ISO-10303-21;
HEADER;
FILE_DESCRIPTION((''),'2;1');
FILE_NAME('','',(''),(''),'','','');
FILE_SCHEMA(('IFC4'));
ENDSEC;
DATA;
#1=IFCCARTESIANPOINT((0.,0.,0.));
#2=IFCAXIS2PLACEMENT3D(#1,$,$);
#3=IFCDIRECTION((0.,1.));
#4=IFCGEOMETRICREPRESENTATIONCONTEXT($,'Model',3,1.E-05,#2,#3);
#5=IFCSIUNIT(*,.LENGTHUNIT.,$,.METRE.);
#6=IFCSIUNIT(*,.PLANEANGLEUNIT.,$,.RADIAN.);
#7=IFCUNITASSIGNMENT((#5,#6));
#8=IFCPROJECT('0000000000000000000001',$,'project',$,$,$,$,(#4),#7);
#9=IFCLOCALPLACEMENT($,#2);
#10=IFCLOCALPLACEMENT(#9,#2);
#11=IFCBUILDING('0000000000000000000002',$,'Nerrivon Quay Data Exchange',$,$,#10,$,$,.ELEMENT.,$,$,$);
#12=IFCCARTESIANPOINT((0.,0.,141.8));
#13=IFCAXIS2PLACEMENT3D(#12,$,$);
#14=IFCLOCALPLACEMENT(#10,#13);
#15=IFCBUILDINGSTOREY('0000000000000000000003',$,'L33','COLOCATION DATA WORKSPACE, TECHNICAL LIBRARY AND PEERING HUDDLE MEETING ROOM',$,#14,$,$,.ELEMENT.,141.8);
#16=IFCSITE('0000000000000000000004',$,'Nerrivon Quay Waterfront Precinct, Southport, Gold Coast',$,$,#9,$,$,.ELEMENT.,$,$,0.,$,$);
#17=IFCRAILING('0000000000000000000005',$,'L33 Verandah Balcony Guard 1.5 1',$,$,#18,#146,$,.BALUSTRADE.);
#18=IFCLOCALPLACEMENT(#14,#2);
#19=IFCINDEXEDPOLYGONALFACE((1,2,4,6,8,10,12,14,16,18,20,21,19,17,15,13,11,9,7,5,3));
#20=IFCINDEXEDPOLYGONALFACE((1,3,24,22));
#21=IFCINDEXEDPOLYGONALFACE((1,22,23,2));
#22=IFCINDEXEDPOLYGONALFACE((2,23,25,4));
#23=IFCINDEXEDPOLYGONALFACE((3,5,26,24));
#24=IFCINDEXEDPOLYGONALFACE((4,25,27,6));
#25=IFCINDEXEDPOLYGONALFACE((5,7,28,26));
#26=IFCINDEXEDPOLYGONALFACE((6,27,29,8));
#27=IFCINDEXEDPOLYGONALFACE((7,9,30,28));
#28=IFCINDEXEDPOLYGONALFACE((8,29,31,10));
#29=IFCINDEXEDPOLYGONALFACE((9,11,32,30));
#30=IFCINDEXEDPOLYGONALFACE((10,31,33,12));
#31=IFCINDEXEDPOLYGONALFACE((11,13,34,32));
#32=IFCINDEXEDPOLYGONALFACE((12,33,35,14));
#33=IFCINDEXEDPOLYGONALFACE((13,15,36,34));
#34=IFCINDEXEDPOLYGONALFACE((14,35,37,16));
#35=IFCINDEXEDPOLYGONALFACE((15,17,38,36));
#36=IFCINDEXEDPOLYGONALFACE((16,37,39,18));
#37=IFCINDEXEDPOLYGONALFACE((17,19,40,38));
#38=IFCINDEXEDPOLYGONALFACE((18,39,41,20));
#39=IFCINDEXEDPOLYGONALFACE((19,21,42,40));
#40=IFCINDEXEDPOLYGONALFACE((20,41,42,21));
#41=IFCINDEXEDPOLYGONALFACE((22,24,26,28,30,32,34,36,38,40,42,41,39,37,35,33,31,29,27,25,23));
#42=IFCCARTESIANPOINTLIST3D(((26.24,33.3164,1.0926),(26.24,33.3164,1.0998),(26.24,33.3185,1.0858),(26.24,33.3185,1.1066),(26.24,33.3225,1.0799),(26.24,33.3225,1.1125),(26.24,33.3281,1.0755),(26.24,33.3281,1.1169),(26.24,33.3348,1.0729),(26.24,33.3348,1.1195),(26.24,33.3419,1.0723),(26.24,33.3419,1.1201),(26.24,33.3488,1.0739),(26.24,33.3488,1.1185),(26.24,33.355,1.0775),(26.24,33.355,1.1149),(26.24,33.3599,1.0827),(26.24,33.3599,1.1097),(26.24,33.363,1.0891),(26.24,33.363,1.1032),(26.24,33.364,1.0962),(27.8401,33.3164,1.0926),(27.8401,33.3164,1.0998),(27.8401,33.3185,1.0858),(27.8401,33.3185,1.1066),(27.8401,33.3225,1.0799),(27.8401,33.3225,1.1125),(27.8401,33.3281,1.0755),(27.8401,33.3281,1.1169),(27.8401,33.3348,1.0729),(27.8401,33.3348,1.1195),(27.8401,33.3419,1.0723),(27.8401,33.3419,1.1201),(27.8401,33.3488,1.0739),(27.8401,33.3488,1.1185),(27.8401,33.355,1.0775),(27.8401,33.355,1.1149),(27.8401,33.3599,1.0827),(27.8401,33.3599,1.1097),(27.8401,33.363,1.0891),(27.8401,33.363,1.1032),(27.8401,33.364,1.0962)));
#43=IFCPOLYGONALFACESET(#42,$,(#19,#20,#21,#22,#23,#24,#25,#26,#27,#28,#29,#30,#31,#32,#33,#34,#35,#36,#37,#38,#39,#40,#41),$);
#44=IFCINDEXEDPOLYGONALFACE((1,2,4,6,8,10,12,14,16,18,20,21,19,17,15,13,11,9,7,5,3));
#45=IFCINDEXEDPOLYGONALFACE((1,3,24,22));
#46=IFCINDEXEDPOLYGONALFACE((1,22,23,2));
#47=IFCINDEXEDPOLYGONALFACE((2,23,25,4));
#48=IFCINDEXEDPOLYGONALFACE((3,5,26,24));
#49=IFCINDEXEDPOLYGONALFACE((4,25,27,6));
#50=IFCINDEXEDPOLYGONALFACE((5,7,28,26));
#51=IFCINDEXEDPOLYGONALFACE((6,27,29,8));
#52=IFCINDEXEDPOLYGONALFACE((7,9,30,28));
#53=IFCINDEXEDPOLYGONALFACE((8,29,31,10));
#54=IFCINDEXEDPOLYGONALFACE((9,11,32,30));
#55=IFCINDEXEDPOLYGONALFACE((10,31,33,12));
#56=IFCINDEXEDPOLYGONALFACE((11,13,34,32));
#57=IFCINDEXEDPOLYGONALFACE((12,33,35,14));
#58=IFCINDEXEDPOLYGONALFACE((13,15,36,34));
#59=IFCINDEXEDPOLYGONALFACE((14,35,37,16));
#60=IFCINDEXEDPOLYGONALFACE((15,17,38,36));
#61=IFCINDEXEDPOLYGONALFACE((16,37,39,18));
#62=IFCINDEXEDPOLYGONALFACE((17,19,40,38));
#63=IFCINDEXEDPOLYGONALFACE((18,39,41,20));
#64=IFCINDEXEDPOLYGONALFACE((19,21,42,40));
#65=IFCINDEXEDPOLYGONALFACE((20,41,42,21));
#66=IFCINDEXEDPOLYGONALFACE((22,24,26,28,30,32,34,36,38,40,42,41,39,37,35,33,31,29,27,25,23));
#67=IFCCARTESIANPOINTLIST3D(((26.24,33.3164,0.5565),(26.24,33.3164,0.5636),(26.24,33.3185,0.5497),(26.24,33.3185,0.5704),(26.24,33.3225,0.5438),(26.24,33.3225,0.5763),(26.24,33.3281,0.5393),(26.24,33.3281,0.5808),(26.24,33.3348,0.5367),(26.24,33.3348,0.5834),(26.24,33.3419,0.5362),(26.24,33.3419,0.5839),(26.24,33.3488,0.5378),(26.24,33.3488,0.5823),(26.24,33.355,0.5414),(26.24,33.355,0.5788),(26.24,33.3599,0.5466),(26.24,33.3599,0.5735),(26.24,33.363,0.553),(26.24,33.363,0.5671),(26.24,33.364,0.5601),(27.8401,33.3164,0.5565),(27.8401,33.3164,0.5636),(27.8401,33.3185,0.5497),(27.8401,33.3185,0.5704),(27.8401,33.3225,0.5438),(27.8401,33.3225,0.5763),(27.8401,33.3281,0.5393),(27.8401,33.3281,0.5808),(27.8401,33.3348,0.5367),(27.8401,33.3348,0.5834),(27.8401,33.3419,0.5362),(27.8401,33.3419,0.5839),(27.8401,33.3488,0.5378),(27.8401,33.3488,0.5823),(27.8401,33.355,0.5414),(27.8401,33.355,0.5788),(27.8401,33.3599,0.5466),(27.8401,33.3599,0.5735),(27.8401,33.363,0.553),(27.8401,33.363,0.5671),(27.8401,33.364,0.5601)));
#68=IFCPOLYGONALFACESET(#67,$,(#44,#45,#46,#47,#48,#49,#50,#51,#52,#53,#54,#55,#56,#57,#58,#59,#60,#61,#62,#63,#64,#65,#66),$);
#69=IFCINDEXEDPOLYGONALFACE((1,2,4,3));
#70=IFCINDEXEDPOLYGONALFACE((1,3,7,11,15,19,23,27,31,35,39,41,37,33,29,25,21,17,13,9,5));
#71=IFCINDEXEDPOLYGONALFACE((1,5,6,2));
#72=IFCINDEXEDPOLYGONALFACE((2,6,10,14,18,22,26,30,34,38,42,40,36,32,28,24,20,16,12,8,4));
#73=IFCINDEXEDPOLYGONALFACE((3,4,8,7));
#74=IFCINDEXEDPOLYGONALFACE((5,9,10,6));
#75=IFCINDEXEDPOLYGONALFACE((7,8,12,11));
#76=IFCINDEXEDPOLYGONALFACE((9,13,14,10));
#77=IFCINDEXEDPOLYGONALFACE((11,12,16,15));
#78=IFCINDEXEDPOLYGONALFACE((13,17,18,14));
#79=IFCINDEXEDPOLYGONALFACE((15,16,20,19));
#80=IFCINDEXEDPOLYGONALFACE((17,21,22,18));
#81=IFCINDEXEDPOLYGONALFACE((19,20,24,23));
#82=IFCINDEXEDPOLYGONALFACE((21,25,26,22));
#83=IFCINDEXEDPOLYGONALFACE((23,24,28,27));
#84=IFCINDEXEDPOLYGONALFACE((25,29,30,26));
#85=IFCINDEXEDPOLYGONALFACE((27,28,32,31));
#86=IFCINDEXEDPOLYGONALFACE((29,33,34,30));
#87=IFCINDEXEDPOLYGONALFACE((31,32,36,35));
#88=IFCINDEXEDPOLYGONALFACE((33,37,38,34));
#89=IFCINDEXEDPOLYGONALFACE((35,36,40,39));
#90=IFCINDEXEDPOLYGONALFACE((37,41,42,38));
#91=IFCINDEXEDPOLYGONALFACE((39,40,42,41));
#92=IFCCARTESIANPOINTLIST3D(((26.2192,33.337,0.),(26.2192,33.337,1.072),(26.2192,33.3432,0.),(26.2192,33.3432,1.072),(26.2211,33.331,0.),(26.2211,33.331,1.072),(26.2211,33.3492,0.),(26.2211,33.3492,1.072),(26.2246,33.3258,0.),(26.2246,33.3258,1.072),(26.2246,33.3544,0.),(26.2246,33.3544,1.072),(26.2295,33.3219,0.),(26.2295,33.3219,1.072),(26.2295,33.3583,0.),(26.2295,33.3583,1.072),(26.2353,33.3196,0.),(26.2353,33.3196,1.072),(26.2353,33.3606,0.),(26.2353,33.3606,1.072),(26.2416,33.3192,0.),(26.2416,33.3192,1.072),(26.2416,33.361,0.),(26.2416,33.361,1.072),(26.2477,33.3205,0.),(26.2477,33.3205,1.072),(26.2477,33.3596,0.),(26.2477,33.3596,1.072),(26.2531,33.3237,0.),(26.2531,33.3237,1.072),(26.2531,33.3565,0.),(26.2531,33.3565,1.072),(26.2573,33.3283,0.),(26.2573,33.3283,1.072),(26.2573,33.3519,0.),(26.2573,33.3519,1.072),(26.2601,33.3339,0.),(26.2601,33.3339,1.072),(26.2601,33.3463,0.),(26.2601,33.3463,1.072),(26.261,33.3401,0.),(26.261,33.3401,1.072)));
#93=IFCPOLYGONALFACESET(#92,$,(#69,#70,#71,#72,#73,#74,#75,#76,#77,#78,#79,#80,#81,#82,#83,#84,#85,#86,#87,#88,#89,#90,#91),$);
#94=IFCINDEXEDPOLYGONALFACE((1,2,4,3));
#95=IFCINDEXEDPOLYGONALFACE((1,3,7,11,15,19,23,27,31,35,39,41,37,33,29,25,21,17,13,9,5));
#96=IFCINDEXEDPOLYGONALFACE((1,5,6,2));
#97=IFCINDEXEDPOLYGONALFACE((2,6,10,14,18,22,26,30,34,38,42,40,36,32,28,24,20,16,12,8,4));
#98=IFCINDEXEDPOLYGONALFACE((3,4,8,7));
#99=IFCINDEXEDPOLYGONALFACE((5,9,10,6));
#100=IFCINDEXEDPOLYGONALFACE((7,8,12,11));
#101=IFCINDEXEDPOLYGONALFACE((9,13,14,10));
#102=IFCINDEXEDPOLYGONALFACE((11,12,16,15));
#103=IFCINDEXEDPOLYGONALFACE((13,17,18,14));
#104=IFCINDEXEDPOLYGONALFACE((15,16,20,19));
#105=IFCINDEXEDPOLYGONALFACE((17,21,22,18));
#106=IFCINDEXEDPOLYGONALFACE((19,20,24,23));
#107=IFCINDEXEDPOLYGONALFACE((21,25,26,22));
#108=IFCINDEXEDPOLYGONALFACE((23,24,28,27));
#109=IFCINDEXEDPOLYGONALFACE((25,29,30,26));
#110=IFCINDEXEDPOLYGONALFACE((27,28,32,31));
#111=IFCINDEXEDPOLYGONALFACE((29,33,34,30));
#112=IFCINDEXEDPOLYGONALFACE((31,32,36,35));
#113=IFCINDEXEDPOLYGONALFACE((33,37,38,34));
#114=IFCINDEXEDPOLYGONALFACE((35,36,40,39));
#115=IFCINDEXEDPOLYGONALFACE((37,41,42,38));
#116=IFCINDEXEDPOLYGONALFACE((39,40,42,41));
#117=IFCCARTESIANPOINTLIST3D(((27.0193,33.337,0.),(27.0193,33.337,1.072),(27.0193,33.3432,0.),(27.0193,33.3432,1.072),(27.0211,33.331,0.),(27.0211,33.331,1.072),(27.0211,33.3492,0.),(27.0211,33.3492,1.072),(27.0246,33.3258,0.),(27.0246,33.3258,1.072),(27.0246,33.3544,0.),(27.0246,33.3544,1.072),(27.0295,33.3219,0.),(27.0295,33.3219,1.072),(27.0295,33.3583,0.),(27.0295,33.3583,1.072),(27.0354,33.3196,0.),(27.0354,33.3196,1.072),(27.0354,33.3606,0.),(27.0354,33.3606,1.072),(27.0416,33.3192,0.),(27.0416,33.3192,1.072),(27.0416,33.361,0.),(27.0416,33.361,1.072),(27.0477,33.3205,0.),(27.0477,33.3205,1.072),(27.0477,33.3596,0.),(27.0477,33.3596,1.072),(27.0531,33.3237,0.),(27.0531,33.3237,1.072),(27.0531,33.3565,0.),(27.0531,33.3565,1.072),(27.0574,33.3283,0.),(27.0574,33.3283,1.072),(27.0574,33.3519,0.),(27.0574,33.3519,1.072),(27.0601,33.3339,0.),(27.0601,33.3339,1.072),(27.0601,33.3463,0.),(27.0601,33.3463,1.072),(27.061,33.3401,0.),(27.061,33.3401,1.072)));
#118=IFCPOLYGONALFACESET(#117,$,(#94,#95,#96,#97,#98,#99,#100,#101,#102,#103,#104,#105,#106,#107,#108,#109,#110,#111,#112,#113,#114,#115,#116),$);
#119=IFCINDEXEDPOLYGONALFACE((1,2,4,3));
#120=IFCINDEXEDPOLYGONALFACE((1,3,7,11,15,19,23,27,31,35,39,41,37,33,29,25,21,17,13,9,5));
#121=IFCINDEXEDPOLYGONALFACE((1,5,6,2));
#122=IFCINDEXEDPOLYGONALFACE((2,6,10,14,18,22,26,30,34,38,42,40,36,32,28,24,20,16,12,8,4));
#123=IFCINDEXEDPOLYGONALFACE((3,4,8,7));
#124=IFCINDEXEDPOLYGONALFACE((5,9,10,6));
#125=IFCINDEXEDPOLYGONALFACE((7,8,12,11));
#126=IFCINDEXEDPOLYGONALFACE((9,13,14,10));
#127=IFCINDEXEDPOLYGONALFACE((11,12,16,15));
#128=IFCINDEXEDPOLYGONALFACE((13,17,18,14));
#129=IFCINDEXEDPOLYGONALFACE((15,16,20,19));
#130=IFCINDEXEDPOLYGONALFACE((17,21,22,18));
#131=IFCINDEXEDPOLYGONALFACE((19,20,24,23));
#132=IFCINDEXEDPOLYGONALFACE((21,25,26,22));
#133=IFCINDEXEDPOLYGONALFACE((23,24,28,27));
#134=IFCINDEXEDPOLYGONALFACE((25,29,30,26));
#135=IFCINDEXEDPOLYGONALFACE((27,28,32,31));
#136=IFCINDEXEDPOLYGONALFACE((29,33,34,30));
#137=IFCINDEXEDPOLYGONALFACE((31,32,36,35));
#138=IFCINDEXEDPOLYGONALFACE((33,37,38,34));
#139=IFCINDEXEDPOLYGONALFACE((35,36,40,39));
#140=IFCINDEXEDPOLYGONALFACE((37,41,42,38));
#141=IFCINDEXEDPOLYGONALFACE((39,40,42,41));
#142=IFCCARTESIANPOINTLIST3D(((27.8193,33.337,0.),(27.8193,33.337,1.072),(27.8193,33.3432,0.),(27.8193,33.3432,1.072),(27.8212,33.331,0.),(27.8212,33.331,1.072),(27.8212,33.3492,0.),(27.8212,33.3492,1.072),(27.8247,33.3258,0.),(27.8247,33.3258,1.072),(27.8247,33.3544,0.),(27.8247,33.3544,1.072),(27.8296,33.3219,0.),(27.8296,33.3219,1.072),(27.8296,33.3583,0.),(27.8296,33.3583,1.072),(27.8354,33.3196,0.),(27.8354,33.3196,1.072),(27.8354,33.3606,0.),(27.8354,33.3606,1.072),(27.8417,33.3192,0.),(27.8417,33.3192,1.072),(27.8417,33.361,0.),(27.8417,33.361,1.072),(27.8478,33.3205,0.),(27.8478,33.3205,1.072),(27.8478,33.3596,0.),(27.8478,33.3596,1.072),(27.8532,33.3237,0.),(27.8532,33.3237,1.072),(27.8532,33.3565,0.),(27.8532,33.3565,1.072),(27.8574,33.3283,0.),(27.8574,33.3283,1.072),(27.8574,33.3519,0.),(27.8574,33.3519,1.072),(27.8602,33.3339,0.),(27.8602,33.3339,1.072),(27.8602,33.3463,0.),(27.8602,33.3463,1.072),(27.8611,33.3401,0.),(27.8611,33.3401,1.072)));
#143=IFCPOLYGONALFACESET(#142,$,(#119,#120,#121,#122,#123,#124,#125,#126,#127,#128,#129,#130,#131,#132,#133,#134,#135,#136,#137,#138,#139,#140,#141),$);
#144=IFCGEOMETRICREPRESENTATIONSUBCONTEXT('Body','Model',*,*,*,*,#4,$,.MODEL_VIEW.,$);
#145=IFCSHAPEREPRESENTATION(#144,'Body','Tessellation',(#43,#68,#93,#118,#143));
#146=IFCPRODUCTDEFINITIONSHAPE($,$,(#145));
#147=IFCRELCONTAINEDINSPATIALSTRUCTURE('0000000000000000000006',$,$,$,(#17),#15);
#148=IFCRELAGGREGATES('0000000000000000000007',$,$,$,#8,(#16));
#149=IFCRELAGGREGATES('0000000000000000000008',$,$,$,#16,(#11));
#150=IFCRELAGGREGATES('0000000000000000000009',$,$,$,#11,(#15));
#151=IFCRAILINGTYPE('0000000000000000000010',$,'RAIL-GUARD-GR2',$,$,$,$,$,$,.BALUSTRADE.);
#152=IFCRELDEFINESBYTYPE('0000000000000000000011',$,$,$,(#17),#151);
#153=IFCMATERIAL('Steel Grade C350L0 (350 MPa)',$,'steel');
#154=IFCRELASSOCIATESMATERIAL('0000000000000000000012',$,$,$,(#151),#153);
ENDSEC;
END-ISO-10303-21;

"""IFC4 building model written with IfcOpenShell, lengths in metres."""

from ifc_helpers import new_model, si_unit, direction, frame, origin, origin_2d, place, context, subcontext, project, spatial, circle, extrude, material, type_object, element, save


model = new_model("IFC4")

# Units and contexts
model_context = context("Model", 3, precision=1e-05, world=origin(), true_north=direction((0.0, 1.0)))
body_context = subcontext(model_context, "Body", "Model", "MODEL_VIEW")
ifc_project = project(units=[si_unit("LENGTHUNIT", "METRE"), si_unit("PLANEANGLEUNIT", "RADIAN")], contexts=[model_context])

# Site, building, storey
site_placement = place(None, origin())
site = spatial("IfcSite", under=ifc_project, at=site_placement, Name="Nerrivon Quay Waterfront Precinct, Southport, Gold Coast", CompositionType="ELEMENT", RefElevation=0.0)
building_placement = place(site_placement, origin())
building = spatial("IfcBuilding", under=site, at=building_placement, Name="Nerrivon Quay Data Exchange", CompositionType="ELEMENT")
storey_placement = place(building_placement, frame((0.0, 0.0, 141.8)))
storey = spatial("IfcBuildingStorey", under=building, at=storey_placement, Name="L33", Description="COLOCATION DATA WORKSPACE, TECHNICAL LIBRARY AND PEERING HUDDLE MEETING ROOM", CompositionType="ELEMENT", Elevation=141.8)

# Railing
ifc_material_1 = material(Name="Steel Grade C350L0 (350 MPa)", Category="steel")
railing_type = type_object("IfcRailingType", Name="RAIL-GUARD-GR2", PredefinedType="BALUSTRADE", material=ifc_material_1)
railing_1_placement = place(storey_placement, frame((26.24, 33.3401, 0.0)))
element("IfcRailing", 1, at=railing_1_placement, inside=storey, type_object=railing_type, Name="L33 Verandah Balcony Guard 1.5 1", PredefinedType="BALUSTRADE", context=body_context, shape_type="SweptSolid", body=[
    extrude(circle(Radius=0.0239, at=origin_2d()), frame((0.0, 0.0, 1.0962), z_axis=(1.0, 0.0, 0.0), x_axis=(0.0, 1.0, 0.0)), (0.0, 0.0, 1.0), 1.6001),
    extrude(circle(Radius=0.0239, at=origin_2d()), frame((0.0, 0.0, 0.5601), z_axis=(1.0, 0.0, 0.0), x_axis=(0.0, 1.0, 0.0)), (0.0, 0.0, 1.0), 1.6001),
    extrude(circle(Radius=0.021, at=origin_2d()), origin(), (0.0, 0.0, 1.0), 1.072),
    extrude(circle(Radius=0.021, at=origin_2d()), frame((0.8, 0.0, 0.0)), (0.0, 0.0, 1.0), 1.072),
    extrude(circle(Radius=0.021, at=origin_2d()), frame((1.6001, 0.0, 0.0)), (0.0, 0.0, 1.0), 1.072),
])

save(model, "model.ifc")
